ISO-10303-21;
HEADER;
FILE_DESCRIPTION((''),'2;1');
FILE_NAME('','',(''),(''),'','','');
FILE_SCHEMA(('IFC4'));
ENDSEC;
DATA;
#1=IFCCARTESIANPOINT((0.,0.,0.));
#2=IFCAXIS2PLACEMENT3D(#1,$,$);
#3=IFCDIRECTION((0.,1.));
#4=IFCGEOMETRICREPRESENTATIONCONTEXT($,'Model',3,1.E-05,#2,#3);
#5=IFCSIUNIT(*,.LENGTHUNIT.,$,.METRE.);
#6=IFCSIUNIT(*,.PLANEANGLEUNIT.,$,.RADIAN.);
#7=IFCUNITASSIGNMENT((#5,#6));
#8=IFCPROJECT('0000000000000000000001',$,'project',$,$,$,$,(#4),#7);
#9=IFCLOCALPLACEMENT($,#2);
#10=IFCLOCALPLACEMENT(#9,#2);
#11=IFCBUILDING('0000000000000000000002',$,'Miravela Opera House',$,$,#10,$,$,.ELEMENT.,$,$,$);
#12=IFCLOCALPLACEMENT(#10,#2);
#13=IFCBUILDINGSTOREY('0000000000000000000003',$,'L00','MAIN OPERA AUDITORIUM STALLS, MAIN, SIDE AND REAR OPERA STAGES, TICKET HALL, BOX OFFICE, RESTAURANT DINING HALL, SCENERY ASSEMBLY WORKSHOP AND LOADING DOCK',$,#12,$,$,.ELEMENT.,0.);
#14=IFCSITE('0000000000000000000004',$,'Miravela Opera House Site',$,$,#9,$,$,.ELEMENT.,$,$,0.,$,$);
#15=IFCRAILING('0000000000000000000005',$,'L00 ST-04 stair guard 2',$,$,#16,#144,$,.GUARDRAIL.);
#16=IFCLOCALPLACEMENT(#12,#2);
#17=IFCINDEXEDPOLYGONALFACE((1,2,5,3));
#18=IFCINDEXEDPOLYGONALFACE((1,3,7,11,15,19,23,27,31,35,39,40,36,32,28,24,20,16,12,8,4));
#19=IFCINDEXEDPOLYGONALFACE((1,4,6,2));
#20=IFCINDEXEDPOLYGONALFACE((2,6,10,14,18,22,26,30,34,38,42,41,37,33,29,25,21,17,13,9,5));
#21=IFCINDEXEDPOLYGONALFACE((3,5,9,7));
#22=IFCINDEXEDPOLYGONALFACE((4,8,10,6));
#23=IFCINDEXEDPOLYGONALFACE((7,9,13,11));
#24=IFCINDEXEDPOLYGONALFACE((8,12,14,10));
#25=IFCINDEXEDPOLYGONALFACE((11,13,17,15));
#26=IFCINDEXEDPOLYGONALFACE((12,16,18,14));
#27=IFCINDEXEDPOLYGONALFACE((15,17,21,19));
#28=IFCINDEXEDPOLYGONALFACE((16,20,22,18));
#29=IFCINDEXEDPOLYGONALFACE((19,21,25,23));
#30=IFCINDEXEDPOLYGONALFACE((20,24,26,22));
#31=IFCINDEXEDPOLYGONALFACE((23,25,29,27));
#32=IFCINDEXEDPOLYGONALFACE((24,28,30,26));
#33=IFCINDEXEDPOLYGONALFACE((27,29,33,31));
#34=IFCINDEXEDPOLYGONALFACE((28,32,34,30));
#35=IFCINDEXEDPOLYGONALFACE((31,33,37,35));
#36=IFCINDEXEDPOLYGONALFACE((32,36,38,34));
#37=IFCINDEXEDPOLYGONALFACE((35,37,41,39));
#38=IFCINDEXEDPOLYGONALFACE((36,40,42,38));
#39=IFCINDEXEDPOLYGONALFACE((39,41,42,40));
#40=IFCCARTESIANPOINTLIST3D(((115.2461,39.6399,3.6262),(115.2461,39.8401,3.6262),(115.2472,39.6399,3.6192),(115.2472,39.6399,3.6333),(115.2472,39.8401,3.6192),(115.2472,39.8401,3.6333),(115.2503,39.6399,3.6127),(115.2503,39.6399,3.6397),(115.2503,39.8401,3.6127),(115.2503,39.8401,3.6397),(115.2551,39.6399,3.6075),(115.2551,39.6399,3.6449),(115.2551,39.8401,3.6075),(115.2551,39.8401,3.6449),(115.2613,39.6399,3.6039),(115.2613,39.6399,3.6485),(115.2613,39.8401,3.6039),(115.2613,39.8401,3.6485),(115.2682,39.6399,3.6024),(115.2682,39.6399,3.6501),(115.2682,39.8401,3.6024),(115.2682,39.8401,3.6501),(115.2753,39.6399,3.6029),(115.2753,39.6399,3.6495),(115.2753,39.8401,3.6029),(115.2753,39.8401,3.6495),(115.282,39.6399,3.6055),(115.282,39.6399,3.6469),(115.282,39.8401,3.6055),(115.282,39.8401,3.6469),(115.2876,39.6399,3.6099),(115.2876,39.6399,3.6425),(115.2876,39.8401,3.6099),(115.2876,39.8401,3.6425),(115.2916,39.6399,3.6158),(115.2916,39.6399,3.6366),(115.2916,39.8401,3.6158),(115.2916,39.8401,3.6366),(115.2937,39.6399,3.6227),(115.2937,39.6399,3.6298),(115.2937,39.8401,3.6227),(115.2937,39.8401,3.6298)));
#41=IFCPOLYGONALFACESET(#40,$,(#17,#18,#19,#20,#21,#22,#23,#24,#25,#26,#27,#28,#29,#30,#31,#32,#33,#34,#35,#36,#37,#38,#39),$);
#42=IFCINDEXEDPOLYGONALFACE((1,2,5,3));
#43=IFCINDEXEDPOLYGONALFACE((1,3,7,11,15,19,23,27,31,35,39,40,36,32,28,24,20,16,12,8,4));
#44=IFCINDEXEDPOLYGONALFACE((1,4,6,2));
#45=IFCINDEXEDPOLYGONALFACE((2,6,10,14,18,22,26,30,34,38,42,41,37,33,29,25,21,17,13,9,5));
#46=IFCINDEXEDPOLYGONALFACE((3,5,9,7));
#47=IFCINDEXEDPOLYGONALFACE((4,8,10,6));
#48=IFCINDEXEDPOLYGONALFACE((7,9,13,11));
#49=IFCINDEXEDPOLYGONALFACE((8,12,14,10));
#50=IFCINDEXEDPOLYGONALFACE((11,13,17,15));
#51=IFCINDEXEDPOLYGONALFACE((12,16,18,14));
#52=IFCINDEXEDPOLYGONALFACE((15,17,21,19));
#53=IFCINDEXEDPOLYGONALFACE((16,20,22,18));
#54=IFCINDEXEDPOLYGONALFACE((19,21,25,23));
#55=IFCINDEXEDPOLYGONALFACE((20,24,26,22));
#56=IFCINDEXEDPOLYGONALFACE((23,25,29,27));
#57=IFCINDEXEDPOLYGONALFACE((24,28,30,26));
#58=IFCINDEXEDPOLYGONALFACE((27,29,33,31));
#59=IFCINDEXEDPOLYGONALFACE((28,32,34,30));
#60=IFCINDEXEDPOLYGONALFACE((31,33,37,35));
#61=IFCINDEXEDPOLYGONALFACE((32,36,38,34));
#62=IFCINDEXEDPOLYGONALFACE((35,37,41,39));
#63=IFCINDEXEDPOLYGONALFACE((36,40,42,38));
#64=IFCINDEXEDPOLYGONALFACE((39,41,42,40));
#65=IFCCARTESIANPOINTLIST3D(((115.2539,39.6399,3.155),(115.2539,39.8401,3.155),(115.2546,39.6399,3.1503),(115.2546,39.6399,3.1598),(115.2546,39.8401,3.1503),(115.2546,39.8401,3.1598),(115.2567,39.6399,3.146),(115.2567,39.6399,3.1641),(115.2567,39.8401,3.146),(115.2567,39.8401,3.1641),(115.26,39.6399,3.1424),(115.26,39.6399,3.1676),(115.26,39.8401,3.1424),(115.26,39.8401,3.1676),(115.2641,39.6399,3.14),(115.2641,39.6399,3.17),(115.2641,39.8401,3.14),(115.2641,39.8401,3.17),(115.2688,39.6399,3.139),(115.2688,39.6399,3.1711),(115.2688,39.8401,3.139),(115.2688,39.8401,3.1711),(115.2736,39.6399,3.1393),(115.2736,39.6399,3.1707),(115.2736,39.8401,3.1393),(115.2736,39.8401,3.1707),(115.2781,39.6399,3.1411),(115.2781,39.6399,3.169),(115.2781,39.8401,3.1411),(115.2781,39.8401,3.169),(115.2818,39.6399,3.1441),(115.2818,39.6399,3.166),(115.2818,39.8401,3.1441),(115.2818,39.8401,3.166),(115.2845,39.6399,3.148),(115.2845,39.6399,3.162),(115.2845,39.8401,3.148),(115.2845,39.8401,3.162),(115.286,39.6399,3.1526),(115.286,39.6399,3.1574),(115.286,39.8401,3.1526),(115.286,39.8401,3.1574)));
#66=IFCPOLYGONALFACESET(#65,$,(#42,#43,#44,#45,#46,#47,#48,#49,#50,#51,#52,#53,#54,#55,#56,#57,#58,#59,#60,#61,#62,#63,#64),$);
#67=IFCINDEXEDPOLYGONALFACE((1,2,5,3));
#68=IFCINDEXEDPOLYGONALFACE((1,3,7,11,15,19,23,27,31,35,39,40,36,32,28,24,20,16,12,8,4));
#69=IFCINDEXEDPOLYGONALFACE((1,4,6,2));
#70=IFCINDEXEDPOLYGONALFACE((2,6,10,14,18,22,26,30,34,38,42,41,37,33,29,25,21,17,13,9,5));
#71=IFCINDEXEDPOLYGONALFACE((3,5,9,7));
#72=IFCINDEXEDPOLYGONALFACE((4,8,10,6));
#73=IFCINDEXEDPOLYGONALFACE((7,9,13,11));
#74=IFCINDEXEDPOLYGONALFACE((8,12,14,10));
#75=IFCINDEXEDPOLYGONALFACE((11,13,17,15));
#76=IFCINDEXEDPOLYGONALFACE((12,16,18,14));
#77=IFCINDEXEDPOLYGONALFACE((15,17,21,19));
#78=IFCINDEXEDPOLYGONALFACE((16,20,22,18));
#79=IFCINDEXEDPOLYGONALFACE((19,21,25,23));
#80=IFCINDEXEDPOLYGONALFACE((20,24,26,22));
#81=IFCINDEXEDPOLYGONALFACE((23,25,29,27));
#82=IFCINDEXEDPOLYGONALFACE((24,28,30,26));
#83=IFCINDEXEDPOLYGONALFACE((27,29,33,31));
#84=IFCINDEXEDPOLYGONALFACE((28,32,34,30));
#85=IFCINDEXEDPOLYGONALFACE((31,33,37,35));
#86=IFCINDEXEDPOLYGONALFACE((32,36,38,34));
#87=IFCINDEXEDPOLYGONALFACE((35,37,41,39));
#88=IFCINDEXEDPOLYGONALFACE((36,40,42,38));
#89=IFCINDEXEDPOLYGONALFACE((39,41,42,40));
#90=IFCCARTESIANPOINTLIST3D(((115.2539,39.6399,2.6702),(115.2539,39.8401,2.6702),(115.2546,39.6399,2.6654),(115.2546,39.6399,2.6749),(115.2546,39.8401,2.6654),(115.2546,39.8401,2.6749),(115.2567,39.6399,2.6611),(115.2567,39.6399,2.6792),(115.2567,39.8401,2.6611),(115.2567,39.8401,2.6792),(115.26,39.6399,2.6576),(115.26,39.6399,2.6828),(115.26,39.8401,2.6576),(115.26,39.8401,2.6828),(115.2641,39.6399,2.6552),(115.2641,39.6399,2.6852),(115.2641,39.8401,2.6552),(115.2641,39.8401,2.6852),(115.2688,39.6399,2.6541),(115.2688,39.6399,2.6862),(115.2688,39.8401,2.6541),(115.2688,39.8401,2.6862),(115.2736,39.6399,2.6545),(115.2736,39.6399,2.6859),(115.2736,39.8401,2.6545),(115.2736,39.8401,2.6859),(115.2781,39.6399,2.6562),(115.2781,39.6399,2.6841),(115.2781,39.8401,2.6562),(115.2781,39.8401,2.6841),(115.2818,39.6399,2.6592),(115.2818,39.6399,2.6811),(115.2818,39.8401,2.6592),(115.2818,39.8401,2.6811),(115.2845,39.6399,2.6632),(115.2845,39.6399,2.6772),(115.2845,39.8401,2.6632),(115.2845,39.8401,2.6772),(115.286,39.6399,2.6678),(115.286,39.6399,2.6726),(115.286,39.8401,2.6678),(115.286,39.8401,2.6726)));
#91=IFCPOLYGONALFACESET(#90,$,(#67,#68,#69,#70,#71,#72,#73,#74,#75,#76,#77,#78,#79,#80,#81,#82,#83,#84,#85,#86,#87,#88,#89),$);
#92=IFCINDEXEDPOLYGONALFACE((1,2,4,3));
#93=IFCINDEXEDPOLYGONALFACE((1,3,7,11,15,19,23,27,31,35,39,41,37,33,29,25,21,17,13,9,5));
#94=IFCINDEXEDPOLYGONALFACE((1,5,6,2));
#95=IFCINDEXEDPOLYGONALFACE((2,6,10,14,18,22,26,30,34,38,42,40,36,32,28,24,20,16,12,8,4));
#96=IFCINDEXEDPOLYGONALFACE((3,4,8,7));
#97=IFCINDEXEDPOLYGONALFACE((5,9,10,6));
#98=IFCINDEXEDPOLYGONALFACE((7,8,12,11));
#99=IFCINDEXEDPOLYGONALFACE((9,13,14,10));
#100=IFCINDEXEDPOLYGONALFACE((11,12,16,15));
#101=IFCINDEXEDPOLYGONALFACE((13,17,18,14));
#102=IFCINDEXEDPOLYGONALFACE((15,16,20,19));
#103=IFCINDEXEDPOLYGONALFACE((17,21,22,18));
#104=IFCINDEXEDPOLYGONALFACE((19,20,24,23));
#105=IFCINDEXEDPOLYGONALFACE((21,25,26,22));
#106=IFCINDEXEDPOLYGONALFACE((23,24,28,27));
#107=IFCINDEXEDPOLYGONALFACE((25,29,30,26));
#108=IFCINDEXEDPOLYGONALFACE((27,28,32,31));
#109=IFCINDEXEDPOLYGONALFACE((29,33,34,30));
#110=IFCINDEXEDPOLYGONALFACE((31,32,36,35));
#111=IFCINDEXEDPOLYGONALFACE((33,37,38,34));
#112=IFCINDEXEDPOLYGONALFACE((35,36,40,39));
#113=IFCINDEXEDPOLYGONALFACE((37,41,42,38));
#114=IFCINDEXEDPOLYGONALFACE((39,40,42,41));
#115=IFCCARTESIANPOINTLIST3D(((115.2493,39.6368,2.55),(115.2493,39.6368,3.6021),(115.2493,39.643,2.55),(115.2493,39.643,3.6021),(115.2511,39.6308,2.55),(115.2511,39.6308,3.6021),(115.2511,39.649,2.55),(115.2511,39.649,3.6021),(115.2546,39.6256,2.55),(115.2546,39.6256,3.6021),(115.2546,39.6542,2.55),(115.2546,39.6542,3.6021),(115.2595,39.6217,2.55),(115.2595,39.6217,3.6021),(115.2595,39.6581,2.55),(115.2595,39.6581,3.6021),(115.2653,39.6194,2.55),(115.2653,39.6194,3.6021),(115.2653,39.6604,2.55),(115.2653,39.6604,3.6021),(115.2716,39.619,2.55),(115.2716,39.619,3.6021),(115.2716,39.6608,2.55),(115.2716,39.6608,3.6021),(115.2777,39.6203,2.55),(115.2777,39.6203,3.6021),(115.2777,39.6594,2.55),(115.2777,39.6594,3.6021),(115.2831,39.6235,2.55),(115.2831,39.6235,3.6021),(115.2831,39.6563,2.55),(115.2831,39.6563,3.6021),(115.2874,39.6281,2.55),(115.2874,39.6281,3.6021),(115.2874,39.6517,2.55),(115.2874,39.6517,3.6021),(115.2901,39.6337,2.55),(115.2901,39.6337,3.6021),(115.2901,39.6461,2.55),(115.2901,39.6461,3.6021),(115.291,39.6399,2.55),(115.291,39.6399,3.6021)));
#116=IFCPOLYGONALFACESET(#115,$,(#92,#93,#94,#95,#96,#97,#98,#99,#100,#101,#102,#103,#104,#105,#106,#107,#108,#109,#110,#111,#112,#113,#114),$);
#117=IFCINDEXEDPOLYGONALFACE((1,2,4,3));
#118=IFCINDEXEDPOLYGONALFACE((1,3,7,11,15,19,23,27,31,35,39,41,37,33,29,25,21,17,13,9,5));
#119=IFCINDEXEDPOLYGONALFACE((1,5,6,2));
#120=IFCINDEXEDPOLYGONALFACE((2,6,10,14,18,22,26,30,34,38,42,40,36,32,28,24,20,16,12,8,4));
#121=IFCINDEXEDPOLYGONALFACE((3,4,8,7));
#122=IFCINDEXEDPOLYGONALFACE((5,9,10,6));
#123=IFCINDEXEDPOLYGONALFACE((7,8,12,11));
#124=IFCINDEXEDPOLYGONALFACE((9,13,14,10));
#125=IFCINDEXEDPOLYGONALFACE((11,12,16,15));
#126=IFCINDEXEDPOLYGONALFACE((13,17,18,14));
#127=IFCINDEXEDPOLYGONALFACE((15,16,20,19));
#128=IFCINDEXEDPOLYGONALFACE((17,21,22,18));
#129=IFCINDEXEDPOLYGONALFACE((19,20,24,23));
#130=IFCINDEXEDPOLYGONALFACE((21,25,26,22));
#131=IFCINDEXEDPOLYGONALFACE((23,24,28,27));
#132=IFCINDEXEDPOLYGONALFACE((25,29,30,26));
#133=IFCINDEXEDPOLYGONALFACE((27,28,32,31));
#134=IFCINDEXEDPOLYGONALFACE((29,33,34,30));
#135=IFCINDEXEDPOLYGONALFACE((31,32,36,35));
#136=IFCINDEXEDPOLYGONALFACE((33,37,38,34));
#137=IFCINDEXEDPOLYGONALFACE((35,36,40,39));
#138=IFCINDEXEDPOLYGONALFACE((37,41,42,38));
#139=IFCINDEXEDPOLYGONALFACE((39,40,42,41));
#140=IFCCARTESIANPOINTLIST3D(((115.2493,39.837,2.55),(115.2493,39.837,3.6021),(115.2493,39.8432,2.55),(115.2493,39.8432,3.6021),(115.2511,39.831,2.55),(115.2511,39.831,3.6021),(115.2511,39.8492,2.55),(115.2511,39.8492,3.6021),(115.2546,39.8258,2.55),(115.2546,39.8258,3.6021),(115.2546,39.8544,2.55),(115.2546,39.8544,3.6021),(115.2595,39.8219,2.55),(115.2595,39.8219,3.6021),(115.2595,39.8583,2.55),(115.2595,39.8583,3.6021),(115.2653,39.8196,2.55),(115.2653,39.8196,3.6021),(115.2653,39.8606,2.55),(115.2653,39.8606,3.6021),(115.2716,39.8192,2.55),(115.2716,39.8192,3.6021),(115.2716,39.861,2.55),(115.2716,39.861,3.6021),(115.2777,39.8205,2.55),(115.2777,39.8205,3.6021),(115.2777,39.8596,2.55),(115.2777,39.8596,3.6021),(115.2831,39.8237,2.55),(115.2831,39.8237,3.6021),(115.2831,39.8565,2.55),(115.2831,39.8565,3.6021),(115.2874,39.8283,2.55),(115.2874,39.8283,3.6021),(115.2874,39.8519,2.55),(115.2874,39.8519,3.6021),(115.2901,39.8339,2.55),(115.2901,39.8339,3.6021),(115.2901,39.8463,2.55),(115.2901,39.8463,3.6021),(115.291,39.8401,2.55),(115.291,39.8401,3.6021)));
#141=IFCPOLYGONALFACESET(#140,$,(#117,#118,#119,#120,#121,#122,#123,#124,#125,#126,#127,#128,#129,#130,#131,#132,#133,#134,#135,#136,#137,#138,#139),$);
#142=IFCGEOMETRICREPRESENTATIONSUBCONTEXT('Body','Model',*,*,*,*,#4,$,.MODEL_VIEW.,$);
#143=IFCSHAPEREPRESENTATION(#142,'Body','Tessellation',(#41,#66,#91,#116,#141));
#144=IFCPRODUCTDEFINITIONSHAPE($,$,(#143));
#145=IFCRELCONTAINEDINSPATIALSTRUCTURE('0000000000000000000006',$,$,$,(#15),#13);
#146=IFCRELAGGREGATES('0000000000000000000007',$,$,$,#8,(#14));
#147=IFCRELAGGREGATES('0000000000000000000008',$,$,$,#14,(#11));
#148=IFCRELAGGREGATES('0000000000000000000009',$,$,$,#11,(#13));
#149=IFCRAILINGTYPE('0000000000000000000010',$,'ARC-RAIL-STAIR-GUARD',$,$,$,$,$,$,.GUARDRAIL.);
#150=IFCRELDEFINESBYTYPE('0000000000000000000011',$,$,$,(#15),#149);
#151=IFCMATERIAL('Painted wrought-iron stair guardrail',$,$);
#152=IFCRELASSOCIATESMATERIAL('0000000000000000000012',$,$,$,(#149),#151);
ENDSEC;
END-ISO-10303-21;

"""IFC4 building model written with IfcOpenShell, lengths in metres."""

from ifc_helpers import new_model, si_unit, direction, frame, origin, origin_2d, place, context, subcontext, project, spatial, circle, extrude, material, type_object, element, save


model = new_model("IFC4")

# Units and contexts
model_context = context("Model", 3, precision=1e-05, world=origin(), true_north=direction((0.0, 1.0)))
body_context = subcontext(model_context, "Body", "Model", "MODEL_VIEW")
ifc_project = project(units=[si_unit("LENGTHUNIT", "METRE"), si_unit("PLANEANGLEUNIT", "RADIAN")], contexts=[model_context])

# Site, building, storey
site_placement = place(None, origin())
site = spatial("IfcSite", under=ifc_project, at=site_placement, Name="Miravela Opera House Site", CompositionType="ELEMENT", RefElevation=0.0)
building_placement = place(site_placement, origin())
building = spatial("IfcBuilding", under=site, at=building_placement, Name="Miravela Opera House", CompositionType="ELEMENT")
storey_placement = place(building_placement, origin())
storey = spatial("IfcBuildingStorey", under=building, at=storey_placement, Name="L00", Description="MAIN OPERA AUDITORIUM STALLS, MAIN, SIDE AND REAR OPERA STAGES, TICKET HALL, BOX OFFICE, RESTAURANT DINING HALL, SCENERY ASSEMBLY WORKSHOP AND LOADING DOCK", CompositionType="ELEMENT", Elevation=0.0)

# Railing
ifc_material_1 = material(Name="Painted wrought-iron stair guardrail")
railing_type_1 = type_object("IfcRailingType", Name="ARC-RAIL-STAIR-GUARD", PredefinedType="GUARDRAIL", material=ifc_material_1)
railing_1_placement = place(storey_placement, frame((115.27, 39.6399, 2.55)))
element("IfcRailing", 1, at=railing_1_placement, inside=storey, type_object=railing_type_1, Name="L00 ST-04 stair guard 2", PredefinedType="GUARDRAIL", context=body_context, shape_type="SweptSolid", body=[
    extrude(circle(Radius=0.0239, at=origin_2d()), frame((0.0, 0.0, 1.0762), z_axis=(0.0, 1.0, 0.0), x_axis=(-1.0, 0.0, 0.0)), (0.0, 0.0, 1.0), 0.2002),
    extrude(circle(Radius=0.0161, at=origin_2d()), frame((0.0, 0.0, 0.605), z_axis=(0.0, 1.0, 0.0), x_axis=(-1.0, 0.0, 0.0)), (0.0, 0.0, 1.0), 0.2002),
    extrude(circle(Radius=0.0161, at=origin_2d()), frame((0.0, 0.0, 0.1201), z_axis=(0.0, 1.0, 0.0), x_axis=(-1.0, 0.0, 0.0)), (0.0, 0.0, 1.0), 0.2002),
    extrude(circle(Radius=0.021, at=origin_2d()), origin(), (0.0, 0.0, 1.0), 1.052),
    extrude(circle(Radius=0.021, at=origin_2d()), frame((0.0, 0.2002, 0.0)), (0.0, 0.0, 1.0), 1.052),
])

save(model, "model.ifc")
